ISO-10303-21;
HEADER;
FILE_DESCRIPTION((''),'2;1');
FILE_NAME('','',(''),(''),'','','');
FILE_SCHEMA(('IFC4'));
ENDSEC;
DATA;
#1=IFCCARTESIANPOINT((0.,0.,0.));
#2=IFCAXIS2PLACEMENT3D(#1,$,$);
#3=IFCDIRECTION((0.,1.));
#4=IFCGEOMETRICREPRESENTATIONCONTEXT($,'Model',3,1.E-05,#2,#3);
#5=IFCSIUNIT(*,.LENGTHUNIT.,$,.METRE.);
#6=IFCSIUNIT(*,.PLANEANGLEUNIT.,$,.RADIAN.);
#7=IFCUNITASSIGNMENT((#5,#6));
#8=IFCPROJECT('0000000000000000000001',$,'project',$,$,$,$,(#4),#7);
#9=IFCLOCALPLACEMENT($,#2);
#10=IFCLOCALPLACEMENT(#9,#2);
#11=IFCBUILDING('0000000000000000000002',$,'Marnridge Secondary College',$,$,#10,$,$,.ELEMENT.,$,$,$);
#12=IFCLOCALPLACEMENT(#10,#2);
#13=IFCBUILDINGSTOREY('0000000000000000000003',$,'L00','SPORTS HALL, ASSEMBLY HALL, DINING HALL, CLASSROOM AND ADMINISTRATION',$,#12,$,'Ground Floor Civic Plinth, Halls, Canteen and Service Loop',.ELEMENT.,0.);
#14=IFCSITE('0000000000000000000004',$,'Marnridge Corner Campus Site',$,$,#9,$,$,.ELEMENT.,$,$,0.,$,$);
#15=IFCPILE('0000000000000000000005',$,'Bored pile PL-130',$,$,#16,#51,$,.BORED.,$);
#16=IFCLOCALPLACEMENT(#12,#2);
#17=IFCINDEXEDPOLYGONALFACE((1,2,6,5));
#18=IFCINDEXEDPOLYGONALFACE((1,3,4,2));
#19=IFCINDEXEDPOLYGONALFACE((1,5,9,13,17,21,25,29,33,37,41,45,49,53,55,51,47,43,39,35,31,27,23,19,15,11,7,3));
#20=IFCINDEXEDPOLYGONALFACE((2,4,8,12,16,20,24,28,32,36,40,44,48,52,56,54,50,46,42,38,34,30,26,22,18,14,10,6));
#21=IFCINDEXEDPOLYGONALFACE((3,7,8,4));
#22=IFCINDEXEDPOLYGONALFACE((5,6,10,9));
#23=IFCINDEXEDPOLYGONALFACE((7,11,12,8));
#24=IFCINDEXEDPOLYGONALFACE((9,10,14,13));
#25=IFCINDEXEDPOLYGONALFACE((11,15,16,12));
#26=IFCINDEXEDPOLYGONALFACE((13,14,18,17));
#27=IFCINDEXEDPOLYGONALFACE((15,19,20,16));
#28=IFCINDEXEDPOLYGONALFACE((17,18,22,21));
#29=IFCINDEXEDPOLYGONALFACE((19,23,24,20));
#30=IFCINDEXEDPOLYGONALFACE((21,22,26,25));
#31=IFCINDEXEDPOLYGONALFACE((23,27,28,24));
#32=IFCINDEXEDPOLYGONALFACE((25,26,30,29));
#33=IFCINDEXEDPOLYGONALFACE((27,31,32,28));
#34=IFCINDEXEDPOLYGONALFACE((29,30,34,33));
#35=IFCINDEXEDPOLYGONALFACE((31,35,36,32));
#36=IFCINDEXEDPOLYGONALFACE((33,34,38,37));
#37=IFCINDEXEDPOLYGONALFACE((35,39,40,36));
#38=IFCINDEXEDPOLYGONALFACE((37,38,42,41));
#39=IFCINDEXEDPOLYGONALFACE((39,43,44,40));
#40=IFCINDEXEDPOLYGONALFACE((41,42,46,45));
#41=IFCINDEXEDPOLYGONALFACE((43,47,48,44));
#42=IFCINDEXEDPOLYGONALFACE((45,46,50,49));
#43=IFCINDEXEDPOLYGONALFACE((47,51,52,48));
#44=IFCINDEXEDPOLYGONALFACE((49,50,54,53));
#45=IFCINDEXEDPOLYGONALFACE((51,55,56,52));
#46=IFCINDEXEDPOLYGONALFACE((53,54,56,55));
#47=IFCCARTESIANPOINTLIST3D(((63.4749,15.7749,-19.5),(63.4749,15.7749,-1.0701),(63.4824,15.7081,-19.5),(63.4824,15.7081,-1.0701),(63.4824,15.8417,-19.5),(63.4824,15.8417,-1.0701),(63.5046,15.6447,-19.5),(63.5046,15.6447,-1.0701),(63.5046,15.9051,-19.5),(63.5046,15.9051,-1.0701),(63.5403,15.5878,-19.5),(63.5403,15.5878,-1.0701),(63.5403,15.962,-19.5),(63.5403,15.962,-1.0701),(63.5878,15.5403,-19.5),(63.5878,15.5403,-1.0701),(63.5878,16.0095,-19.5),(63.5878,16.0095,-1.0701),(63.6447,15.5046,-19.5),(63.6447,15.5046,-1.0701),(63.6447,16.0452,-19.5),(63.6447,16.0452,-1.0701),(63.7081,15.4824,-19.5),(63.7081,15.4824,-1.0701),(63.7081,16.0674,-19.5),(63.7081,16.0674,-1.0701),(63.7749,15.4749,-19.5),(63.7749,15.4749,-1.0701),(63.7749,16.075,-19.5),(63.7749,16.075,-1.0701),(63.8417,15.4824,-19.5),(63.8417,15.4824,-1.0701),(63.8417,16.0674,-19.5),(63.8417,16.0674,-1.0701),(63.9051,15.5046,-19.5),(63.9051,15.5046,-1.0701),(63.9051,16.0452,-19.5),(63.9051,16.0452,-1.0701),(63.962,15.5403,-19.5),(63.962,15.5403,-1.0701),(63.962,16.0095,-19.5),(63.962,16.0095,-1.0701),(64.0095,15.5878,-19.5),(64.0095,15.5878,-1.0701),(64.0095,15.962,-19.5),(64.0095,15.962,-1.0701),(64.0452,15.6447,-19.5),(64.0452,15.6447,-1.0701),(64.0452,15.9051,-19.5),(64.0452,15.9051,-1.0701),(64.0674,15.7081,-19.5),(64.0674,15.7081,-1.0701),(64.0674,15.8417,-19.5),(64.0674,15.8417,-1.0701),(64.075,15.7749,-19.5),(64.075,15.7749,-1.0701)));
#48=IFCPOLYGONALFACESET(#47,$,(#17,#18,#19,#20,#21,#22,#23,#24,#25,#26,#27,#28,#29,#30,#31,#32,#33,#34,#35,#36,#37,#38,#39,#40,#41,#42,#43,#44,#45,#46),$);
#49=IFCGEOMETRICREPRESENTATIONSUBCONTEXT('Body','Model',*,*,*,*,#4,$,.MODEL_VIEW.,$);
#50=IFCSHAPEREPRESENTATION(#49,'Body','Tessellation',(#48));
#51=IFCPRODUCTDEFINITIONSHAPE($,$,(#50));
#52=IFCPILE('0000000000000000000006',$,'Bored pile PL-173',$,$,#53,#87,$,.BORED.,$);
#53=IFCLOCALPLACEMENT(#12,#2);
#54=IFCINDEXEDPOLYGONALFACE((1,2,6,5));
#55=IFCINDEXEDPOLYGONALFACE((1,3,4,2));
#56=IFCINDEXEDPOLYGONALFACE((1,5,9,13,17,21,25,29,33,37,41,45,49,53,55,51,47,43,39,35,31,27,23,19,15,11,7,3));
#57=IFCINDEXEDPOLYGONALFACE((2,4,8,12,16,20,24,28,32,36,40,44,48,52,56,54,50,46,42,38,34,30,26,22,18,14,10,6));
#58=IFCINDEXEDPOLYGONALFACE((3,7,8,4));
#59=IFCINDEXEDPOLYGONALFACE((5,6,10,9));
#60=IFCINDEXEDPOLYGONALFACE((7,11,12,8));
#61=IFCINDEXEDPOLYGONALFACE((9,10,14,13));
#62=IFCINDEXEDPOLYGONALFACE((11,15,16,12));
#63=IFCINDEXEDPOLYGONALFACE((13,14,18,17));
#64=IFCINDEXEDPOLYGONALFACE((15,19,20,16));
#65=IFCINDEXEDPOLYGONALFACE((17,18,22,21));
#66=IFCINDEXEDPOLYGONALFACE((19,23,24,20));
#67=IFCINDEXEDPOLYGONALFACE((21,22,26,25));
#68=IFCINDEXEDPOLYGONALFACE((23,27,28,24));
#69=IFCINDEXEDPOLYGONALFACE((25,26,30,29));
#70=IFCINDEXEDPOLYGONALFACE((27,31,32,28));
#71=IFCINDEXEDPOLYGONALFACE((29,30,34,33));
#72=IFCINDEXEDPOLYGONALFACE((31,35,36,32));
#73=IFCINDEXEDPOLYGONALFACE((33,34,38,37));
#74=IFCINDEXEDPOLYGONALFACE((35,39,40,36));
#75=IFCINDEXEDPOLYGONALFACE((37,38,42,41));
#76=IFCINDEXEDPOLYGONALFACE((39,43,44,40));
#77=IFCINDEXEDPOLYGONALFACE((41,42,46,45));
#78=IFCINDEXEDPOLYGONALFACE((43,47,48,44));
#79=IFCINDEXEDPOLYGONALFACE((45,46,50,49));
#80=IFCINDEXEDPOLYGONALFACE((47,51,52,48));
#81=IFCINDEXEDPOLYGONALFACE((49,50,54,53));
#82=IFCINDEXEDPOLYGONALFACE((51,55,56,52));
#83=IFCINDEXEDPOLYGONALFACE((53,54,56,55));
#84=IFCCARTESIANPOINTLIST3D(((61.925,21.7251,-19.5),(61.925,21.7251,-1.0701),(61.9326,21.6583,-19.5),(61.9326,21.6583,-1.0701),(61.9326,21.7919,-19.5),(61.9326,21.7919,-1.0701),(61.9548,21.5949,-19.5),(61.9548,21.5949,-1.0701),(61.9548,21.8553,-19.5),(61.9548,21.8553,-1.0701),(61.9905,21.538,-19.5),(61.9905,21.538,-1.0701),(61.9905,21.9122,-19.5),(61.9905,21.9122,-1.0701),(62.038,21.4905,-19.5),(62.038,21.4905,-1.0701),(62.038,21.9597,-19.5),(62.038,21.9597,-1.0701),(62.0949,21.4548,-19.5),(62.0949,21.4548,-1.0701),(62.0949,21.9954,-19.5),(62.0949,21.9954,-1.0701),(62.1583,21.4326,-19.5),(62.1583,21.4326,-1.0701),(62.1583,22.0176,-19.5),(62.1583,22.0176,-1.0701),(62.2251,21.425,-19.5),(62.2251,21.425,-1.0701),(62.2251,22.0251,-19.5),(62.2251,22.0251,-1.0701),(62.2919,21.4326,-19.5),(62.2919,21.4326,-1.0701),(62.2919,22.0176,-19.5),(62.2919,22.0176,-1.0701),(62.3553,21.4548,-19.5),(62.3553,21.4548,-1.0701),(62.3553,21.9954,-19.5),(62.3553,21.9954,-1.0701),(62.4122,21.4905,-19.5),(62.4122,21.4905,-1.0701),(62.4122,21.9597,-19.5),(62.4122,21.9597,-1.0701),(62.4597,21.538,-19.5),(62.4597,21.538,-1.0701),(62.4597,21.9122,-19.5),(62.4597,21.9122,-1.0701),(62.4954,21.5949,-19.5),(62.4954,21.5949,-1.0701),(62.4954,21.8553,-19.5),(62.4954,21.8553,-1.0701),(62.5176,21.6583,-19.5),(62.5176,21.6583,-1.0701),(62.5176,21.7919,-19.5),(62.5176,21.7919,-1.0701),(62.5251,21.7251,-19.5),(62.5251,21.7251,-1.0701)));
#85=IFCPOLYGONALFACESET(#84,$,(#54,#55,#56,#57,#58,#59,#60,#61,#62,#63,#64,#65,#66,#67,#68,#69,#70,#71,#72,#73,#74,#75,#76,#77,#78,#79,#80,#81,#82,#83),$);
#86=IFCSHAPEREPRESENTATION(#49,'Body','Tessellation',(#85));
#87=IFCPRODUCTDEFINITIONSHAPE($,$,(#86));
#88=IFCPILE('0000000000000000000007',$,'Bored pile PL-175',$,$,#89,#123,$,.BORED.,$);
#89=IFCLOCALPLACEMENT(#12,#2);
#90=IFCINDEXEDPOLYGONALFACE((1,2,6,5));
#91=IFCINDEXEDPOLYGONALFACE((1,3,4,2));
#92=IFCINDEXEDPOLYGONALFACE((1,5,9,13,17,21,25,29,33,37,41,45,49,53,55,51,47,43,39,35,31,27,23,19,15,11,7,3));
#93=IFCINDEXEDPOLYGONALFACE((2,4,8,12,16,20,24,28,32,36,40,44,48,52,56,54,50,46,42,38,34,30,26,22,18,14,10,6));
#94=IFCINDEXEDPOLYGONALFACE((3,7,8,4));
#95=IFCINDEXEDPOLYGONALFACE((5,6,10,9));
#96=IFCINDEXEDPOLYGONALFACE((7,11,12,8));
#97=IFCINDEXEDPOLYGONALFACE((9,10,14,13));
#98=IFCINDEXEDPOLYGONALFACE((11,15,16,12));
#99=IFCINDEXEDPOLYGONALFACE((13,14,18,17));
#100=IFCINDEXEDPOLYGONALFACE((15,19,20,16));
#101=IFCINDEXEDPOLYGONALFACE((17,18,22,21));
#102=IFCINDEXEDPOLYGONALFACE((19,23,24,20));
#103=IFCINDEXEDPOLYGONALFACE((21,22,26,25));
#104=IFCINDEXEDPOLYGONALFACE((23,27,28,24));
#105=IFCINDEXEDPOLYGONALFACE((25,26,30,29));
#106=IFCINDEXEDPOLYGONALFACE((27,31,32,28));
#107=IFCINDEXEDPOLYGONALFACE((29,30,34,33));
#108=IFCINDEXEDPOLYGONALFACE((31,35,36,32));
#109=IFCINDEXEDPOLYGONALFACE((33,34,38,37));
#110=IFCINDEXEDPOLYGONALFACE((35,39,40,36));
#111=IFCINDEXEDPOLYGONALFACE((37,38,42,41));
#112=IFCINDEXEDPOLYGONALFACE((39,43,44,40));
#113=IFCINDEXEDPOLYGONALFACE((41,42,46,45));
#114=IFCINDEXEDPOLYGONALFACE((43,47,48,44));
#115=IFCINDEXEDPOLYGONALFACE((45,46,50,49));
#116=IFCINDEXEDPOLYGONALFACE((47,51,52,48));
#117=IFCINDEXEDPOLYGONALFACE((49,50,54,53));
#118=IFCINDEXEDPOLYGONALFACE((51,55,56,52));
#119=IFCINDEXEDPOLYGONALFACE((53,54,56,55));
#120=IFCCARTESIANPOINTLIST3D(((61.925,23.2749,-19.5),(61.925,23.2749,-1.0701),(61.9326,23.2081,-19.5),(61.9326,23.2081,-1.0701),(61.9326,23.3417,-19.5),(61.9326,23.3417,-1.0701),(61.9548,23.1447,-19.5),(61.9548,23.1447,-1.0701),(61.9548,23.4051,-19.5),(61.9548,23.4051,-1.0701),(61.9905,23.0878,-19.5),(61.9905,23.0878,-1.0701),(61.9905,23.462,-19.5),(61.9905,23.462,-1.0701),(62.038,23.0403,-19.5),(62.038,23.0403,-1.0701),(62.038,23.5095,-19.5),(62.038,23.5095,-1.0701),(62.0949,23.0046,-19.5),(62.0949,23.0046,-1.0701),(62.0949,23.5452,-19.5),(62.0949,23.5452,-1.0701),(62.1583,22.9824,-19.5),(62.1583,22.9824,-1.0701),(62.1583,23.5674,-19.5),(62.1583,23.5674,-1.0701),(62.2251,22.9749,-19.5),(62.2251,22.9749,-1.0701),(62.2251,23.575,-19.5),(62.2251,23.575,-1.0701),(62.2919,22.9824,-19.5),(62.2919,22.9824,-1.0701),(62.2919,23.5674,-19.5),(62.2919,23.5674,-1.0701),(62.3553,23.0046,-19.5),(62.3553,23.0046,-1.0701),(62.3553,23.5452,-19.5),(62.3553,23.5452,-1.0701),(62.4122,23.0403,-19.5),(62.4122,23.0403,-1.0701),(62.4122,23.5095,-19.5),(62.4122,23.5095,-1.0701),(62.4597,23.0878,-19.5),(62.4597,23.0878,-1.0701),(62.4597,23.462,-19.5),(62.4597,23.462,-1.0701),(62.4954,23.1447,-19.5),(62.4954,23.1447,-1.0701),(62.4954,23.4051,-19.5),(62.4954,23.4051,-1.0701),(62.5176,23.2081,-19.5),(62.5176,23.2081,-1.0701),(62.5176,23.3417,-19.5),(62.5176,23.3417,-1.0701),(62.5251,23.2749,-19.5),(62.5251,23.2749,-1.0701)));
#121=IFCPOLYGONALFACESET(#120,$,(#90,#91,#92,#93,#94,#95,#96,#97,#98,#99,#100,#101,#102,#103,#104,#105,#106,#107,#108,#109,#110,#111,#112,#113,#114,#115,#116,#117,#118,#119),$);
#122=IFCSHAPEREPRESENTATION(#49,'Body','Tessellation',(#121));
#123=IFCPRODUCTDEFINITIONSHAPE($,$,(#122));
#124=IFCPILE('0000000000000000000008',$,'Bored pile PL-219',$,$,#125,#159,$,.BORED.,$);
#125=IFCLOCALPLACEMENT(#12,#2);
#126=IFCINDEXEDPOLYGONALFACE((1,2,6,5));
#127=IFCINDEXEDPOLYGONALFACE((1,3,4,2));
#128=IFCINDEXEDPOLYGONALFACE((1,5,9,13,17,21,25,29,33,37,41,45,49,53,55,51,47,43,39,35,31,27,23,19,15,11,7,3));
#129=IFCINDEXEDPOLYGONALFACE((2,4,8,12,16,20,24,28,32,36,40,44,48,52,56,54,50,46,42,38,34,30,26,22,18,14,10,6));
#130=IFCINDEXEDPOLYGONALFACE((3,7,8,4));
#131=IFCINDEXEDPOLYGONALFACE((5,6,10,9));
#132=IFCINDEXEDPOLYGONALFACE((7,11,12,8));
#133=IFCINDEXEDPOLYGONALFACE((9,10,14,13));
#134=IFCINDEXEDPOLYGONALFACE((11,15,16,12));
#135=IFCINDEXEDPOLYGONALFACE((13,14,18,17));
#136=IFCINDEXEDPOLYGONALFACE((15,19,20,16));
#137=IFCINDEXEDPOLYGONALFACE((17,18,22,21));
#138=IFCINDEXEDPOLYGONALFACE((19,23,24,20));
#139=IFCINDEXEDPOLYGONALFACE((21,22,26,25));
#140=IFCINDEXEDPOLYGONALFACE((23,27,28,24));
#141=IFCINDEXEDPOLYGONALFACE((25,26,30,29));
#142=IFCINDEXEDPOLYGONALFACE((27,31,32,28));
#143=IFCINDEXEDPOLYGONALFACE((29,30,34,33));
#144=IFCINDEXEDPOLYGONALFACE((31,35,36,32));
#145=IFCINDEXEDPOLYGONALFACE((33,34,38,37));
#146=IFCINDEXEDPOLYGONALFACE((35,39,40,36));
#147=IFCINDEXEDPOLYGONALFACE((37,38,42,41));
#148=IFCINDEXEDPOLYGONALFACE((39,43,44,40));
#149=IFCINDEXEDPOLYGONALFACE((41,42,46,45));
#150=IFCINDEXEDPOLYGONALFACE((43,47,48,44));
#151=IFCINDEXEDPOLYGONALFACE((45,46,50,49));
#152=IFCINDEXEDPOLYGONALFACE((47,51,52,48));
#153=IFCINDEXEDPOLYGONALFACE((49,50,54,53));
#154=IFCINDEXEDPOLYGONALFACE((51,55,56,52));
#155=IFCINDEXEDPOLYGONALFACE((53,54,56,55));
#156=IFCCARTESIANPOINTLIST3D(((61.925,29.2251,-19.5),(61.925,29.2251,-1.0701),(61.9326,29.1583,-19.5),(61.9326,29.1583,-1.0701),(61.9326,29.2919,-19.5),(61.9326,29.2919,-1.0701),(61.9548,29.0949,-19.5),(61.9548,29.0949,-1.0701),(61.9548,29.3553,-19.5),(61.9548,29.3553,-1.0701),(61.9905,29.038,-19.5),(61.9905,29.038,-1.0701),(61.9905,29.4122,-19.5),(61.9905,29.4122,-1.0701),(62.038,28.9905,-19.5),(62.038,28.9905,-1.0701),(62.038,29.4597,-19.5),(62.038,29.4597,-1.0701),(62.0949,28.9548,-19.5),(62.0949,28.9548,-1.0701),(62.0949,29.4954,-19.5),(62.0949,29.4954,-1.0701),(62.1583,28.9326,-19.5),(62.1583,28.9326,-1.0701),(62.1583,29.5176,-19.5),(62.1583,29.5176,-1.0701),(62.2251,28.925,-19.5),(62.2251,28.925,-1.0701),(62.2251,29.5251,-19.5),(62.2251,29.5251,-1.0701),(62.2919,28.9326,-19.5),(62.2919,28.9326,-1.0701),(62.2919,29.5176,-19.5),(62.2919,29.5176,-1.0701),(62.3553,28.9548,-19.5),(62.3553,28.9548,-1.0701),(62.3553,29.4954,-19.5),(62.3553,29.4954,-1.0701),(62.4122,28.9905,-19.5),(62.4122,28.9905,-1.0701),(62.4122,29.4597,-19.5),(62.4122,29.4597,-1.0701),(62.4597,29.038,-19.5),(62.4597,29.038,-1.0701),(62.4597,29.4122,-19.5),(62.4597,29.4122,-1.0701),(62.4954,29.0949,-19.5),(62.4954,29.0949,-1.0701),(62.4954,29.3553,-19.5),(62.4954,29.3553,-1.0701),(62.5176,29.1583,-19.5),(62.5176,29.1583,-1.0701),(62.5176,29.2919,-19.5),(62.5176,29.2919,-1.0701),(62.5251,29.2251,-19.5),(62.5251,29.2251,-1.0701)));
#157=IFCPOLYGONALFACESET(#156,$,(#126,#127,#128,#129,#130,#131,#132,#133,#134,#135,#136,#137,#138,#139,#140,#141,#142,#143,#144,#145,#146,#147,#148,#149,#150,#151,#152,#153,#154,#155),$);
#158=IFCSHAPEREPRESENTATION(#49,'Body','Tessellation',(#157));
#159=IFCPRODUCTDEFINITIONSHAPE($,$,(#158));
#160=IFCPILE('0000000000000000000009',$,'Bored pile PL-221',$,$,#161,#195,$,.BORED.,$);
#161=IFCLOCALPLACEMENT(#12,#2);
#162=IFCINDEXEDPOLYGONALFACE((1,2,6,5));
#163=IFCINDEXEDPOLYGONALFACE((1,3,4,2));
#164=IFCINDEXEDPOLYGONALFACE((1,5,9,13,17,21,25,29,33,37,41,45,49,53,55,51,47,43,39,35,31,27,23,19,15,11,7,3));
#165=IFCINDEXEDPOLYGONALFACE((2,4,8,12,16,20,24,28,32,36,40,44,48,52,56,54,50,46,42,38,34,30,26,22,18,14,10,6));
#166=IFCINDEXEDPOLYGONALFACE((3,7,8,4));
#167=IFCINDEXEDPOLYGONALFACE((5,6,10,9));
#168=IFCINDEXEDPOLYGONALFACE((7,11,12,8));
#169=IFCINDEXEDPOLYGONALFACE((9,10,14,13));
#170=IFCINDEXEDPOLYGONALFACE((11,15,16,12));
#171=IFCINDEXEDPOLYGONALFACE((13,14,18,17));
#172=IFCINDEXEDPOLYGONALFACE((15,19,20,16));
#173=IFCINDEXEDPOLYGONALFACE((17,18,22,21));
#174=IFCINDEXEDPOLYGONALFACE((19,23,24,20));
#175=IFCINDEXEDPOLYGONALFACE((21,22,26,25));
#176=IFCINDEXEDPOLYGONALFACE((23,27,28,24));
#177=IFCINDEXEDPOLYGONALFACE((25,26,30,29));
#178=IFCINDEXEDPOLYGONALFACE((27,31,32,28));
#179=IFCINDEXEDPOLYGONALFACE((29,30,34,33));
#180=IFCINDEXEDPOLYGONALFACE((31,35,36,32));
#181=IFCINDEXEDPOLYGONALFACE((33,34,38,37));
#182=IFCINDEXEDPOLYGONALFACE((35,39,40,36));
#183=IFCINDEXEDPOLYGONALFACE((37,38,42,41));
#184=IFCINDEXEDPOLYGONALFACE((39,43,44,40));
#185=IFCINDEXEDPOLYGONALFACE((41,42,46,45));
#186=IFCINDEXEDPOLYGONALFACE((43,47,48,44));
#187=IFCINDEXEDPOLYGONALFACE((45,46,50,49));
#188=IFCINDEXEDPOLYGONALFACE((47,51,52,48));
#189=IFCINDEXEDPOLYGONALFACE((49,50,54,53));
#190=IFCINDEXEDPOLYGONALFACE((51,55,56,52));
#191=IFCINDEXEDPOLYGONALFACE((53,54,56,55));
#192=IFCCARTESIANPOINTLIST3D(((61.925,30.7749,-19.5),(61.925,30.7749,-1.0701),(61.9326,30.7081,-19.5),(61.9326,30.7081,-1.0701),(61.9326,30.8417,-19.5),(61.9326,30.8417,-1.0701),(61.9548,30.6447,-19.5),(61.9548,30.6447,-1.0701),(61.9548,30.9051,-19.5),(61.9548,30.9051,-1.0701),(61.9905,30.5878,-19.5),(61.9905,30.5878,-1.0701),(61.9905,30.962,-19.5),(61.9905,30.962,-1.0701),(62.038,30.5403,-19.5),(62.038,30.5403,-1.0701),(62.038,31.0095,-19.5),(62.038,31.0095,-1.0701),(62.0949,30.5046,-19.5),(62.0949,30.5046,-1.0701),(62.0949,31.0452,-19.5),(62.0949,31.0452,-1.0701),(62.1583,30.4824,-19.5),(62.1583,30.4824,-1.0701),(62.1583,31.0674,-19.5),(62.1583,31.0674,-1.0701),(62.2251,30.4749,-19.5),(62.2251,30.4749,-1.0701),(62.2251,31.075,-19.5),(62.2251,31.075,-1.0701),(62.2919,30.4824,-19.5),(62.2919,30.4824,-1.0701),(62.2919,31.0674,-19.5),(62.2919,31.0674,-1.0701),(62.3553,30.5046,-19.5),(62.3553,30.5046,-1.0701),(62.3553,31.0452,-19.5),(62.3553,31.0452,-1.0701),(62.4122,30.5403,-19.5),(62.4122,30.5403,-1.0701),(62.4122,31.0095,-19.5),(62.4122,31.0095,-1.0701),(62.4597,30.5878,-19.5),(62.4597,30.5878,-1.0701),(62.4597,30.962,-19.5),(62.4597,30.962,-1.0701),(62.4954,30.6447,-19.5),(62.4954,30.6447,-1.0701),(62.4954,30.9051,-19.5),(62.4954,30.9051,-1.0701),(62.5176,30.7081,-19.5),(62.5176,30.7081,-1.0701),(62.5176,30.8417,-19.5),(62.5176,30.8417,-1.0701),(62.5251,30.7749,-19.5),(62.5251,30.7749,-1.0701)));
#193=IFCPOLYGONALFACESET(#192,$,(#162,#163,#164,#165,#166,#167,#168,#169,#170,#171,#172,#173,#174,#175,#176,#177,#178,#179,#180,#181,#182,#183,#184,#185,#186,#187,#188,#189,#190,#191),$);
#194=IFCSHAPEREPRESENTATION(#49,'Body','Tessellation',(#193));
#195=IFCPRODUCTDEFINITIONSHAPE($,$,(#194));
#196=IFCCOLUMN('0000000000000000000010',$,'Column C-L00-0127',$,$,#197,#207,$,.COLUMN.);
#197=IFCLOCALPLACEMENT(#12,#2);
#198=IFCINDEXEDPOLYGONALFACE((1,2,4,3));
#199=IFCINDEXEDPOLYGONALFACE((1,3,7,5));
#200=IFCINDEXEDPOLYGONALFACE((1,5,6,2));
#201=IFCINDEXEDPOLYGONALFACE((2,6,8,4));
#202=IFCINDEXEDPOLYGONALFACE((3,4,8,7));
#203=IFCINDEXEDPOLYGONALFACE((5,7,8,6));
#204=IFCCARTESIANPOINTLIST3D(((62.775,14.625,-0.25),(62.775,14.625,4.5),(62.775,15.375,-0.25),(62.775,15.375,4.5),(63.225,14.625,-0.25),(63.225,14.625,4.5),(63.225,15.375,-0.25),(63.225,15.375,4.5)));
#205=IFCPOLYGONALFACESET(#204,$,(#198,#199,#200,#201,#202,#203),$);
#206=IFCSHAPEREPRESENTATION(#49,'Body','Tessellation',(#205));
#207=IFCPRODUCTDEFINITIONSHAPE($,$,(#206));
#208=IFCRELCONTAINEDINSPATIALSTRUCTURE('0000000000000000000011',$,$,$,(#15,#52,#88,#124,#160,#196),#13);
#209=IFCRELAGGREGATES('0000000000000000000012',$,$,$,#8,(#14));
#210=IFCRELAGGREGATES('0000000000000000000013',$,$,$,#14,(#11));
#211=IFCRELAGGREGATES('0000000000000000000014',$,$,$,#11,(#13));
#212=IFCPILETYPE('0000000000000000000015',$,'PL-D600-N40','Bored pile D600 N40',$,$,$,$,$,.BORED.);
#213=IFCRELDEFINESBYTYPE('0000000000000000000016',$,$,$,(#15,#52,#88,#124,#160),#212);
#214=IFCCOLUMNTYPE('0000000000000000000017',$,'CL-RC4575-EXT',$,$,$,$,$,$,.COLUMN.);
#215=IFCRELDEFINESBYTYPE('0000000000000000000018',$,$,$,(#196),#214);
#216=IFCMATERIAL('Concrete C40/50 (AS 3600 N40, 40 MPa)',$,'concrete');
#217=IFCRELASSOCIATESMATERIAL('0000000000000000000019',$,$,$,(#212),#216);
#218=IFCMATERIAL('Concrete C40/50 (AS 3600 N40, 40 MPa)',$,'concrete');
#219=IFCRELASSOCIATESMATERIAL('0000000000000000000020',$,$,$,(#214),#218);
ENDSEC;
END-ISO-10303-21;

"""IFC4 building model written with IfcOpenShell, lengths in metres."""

from ifc_helpers import new_model, si_unit, direction, frame, origin, origin_2d, place, context, subcontext, project, spatial, rectangle, circle, extrude, material, material_profile, profile_set, type_object, element, save


model = new_model("IFC4")

# Units and contexts
model_context = context("Model", 3, precision=1e-05, world=origin(), true_north=direction((0.0, 1.0)))
body_context = subcontext(model_context, "Body", "Model", "MODEL_VIEW")
ifc_project = project(units=[si_unit("LENGTHUNIT", "METRE"), si_unit("PLANEANGLEUNIT", "RADIAN")], contexts=[model_context])

# Site, building, storey
site_placement = place(None, origin())
site = spatial("IfcSite", under=ifc_project, at=site_placement, Name="Marnridge Corner Campus Site", CompositionType="ELEMENT", RefElevation=0.0)
building_placement = place(site_placement, origin())
building = spatial("IfcBuilding", under=site, at=building_placement, Name="Marnridge Secondary College", CompositionType="ELEMENT")
storey_placement = place(building_placement, origin())
storey = spatial("IfcBuildingStorey", under=building, at=storey_placement, Name="L00", Description="SPORTS HALL, ASSEMBLY HALL, DINING HALL, CLASSROOM AND ADMINISTRATION", LongName="Ground Floor Civic Plinth, Halls, Canteen and Service Loop", CompositionType="ELEMENT", Elevation=0.0)

# Piles
ifc_material_1 = material(Name="Concrete C40/50 (AS 3600 N40, 40 MPa)", Category="concrete")
ifc_material_profile_1 = material_profile(ifc_material_1, circle(Radius=0.3, at=origin_2d()), Name="PILE D600")
ifc_profile_set_1 = profile_set([ifc_material_profile_1], Name="Concrete C40/50 (AS 3600 N40, 40 MPa)")
pile_type = type_object("IfcPileType", Name="PL-D600-N40", Description="Bored pile D600 N40", PredefinedType="BORED", material=ifc_profile_set_1)
for number, where, z_axis, x_axis, name in (
    (1, (63.7749, 15.7749, -1.0701), (0.0, 0.0, -1.0), (1.0, 0.0, 0.0), "Bored pile PL-130"),
    (2, (62.2251, 21.7251, -1.0701), (0.0, 0.0, -1.0), (1.0, 0.0, 0.0), "Bored pile PL-173"),
    (3, (62.2251, 23.2749, -1.0701), (0.0, 0.0, -1.0), (1.0, 0.0, 0.0), "Bored pile PL-175"),
    (4, (62.2251, 29.2251, -1.0701), (0.0, 0.0, -1.0), (1.0, 0.0, 0.0), "Bored pile PL-219"),
    (5, (62.2251, 30.7749, -1.0701), (0.0, 0.0, -1.0), (1.0, 0.0, 0.0), "Bored pile PL-221"),
):
    element("IfcPile", number, at=place(storey_placement, frame(where, z_axis=z_axis, x_axis=x_axis)), inside=storey, type_object=pile_type, Name=name, PredefinedType="BORED", context=body_context, shape_type="SweptSolid", body=[
        extrude(circle(Radius=0.3, at=origin_2d()), origin(), (0.0, 0.0, 1.0), 18.4299),
    ])

# Column
ifc_material_2 = material(Name="Concrete C40/50 (AS 3600 N40, 40 MPa)", Category="concrete")
ifc_material_profile_2 = material_profile(ifc_material_2, rectangle(XDim=0.45, YDim=0.75, at=origin_2d()), Name="RC 450x750")
ifc_profile_set_2 = profile_set([ifc_material_profile_2], Name="Concrete C40/50 (AS 3600 N40, 40 MPa)")
column_type = type_object("IfcColumnType", Name="CL-RC4575-EXT", PredefinedType="COLUMN", material=ifc_profile_set_2)
for number, where, z_axis, x_axis, name in (
    (6, (63.0, 15.0, -0.25), (0.0, 0.0, 1.0), (1.0, 0.0, 0.0), "Column C-L00-0127"),
):
    element("IfcColumn", number, at=place(storey_placement, frame(where, z_axis=z_axis, x_axis=x_axis)), inside=storey, type_object=column_type, Name=name, PredefinedType="COLUMN", context=body_context, shape_type="SweptSolid", body=[
        extrude(rectangle(XDim=0.45, YDim=0.75, at=origin_2d()), origin(), (0.0, 0.0, 1.0), 4.75),
    ])

save(model, "model.ifc")
